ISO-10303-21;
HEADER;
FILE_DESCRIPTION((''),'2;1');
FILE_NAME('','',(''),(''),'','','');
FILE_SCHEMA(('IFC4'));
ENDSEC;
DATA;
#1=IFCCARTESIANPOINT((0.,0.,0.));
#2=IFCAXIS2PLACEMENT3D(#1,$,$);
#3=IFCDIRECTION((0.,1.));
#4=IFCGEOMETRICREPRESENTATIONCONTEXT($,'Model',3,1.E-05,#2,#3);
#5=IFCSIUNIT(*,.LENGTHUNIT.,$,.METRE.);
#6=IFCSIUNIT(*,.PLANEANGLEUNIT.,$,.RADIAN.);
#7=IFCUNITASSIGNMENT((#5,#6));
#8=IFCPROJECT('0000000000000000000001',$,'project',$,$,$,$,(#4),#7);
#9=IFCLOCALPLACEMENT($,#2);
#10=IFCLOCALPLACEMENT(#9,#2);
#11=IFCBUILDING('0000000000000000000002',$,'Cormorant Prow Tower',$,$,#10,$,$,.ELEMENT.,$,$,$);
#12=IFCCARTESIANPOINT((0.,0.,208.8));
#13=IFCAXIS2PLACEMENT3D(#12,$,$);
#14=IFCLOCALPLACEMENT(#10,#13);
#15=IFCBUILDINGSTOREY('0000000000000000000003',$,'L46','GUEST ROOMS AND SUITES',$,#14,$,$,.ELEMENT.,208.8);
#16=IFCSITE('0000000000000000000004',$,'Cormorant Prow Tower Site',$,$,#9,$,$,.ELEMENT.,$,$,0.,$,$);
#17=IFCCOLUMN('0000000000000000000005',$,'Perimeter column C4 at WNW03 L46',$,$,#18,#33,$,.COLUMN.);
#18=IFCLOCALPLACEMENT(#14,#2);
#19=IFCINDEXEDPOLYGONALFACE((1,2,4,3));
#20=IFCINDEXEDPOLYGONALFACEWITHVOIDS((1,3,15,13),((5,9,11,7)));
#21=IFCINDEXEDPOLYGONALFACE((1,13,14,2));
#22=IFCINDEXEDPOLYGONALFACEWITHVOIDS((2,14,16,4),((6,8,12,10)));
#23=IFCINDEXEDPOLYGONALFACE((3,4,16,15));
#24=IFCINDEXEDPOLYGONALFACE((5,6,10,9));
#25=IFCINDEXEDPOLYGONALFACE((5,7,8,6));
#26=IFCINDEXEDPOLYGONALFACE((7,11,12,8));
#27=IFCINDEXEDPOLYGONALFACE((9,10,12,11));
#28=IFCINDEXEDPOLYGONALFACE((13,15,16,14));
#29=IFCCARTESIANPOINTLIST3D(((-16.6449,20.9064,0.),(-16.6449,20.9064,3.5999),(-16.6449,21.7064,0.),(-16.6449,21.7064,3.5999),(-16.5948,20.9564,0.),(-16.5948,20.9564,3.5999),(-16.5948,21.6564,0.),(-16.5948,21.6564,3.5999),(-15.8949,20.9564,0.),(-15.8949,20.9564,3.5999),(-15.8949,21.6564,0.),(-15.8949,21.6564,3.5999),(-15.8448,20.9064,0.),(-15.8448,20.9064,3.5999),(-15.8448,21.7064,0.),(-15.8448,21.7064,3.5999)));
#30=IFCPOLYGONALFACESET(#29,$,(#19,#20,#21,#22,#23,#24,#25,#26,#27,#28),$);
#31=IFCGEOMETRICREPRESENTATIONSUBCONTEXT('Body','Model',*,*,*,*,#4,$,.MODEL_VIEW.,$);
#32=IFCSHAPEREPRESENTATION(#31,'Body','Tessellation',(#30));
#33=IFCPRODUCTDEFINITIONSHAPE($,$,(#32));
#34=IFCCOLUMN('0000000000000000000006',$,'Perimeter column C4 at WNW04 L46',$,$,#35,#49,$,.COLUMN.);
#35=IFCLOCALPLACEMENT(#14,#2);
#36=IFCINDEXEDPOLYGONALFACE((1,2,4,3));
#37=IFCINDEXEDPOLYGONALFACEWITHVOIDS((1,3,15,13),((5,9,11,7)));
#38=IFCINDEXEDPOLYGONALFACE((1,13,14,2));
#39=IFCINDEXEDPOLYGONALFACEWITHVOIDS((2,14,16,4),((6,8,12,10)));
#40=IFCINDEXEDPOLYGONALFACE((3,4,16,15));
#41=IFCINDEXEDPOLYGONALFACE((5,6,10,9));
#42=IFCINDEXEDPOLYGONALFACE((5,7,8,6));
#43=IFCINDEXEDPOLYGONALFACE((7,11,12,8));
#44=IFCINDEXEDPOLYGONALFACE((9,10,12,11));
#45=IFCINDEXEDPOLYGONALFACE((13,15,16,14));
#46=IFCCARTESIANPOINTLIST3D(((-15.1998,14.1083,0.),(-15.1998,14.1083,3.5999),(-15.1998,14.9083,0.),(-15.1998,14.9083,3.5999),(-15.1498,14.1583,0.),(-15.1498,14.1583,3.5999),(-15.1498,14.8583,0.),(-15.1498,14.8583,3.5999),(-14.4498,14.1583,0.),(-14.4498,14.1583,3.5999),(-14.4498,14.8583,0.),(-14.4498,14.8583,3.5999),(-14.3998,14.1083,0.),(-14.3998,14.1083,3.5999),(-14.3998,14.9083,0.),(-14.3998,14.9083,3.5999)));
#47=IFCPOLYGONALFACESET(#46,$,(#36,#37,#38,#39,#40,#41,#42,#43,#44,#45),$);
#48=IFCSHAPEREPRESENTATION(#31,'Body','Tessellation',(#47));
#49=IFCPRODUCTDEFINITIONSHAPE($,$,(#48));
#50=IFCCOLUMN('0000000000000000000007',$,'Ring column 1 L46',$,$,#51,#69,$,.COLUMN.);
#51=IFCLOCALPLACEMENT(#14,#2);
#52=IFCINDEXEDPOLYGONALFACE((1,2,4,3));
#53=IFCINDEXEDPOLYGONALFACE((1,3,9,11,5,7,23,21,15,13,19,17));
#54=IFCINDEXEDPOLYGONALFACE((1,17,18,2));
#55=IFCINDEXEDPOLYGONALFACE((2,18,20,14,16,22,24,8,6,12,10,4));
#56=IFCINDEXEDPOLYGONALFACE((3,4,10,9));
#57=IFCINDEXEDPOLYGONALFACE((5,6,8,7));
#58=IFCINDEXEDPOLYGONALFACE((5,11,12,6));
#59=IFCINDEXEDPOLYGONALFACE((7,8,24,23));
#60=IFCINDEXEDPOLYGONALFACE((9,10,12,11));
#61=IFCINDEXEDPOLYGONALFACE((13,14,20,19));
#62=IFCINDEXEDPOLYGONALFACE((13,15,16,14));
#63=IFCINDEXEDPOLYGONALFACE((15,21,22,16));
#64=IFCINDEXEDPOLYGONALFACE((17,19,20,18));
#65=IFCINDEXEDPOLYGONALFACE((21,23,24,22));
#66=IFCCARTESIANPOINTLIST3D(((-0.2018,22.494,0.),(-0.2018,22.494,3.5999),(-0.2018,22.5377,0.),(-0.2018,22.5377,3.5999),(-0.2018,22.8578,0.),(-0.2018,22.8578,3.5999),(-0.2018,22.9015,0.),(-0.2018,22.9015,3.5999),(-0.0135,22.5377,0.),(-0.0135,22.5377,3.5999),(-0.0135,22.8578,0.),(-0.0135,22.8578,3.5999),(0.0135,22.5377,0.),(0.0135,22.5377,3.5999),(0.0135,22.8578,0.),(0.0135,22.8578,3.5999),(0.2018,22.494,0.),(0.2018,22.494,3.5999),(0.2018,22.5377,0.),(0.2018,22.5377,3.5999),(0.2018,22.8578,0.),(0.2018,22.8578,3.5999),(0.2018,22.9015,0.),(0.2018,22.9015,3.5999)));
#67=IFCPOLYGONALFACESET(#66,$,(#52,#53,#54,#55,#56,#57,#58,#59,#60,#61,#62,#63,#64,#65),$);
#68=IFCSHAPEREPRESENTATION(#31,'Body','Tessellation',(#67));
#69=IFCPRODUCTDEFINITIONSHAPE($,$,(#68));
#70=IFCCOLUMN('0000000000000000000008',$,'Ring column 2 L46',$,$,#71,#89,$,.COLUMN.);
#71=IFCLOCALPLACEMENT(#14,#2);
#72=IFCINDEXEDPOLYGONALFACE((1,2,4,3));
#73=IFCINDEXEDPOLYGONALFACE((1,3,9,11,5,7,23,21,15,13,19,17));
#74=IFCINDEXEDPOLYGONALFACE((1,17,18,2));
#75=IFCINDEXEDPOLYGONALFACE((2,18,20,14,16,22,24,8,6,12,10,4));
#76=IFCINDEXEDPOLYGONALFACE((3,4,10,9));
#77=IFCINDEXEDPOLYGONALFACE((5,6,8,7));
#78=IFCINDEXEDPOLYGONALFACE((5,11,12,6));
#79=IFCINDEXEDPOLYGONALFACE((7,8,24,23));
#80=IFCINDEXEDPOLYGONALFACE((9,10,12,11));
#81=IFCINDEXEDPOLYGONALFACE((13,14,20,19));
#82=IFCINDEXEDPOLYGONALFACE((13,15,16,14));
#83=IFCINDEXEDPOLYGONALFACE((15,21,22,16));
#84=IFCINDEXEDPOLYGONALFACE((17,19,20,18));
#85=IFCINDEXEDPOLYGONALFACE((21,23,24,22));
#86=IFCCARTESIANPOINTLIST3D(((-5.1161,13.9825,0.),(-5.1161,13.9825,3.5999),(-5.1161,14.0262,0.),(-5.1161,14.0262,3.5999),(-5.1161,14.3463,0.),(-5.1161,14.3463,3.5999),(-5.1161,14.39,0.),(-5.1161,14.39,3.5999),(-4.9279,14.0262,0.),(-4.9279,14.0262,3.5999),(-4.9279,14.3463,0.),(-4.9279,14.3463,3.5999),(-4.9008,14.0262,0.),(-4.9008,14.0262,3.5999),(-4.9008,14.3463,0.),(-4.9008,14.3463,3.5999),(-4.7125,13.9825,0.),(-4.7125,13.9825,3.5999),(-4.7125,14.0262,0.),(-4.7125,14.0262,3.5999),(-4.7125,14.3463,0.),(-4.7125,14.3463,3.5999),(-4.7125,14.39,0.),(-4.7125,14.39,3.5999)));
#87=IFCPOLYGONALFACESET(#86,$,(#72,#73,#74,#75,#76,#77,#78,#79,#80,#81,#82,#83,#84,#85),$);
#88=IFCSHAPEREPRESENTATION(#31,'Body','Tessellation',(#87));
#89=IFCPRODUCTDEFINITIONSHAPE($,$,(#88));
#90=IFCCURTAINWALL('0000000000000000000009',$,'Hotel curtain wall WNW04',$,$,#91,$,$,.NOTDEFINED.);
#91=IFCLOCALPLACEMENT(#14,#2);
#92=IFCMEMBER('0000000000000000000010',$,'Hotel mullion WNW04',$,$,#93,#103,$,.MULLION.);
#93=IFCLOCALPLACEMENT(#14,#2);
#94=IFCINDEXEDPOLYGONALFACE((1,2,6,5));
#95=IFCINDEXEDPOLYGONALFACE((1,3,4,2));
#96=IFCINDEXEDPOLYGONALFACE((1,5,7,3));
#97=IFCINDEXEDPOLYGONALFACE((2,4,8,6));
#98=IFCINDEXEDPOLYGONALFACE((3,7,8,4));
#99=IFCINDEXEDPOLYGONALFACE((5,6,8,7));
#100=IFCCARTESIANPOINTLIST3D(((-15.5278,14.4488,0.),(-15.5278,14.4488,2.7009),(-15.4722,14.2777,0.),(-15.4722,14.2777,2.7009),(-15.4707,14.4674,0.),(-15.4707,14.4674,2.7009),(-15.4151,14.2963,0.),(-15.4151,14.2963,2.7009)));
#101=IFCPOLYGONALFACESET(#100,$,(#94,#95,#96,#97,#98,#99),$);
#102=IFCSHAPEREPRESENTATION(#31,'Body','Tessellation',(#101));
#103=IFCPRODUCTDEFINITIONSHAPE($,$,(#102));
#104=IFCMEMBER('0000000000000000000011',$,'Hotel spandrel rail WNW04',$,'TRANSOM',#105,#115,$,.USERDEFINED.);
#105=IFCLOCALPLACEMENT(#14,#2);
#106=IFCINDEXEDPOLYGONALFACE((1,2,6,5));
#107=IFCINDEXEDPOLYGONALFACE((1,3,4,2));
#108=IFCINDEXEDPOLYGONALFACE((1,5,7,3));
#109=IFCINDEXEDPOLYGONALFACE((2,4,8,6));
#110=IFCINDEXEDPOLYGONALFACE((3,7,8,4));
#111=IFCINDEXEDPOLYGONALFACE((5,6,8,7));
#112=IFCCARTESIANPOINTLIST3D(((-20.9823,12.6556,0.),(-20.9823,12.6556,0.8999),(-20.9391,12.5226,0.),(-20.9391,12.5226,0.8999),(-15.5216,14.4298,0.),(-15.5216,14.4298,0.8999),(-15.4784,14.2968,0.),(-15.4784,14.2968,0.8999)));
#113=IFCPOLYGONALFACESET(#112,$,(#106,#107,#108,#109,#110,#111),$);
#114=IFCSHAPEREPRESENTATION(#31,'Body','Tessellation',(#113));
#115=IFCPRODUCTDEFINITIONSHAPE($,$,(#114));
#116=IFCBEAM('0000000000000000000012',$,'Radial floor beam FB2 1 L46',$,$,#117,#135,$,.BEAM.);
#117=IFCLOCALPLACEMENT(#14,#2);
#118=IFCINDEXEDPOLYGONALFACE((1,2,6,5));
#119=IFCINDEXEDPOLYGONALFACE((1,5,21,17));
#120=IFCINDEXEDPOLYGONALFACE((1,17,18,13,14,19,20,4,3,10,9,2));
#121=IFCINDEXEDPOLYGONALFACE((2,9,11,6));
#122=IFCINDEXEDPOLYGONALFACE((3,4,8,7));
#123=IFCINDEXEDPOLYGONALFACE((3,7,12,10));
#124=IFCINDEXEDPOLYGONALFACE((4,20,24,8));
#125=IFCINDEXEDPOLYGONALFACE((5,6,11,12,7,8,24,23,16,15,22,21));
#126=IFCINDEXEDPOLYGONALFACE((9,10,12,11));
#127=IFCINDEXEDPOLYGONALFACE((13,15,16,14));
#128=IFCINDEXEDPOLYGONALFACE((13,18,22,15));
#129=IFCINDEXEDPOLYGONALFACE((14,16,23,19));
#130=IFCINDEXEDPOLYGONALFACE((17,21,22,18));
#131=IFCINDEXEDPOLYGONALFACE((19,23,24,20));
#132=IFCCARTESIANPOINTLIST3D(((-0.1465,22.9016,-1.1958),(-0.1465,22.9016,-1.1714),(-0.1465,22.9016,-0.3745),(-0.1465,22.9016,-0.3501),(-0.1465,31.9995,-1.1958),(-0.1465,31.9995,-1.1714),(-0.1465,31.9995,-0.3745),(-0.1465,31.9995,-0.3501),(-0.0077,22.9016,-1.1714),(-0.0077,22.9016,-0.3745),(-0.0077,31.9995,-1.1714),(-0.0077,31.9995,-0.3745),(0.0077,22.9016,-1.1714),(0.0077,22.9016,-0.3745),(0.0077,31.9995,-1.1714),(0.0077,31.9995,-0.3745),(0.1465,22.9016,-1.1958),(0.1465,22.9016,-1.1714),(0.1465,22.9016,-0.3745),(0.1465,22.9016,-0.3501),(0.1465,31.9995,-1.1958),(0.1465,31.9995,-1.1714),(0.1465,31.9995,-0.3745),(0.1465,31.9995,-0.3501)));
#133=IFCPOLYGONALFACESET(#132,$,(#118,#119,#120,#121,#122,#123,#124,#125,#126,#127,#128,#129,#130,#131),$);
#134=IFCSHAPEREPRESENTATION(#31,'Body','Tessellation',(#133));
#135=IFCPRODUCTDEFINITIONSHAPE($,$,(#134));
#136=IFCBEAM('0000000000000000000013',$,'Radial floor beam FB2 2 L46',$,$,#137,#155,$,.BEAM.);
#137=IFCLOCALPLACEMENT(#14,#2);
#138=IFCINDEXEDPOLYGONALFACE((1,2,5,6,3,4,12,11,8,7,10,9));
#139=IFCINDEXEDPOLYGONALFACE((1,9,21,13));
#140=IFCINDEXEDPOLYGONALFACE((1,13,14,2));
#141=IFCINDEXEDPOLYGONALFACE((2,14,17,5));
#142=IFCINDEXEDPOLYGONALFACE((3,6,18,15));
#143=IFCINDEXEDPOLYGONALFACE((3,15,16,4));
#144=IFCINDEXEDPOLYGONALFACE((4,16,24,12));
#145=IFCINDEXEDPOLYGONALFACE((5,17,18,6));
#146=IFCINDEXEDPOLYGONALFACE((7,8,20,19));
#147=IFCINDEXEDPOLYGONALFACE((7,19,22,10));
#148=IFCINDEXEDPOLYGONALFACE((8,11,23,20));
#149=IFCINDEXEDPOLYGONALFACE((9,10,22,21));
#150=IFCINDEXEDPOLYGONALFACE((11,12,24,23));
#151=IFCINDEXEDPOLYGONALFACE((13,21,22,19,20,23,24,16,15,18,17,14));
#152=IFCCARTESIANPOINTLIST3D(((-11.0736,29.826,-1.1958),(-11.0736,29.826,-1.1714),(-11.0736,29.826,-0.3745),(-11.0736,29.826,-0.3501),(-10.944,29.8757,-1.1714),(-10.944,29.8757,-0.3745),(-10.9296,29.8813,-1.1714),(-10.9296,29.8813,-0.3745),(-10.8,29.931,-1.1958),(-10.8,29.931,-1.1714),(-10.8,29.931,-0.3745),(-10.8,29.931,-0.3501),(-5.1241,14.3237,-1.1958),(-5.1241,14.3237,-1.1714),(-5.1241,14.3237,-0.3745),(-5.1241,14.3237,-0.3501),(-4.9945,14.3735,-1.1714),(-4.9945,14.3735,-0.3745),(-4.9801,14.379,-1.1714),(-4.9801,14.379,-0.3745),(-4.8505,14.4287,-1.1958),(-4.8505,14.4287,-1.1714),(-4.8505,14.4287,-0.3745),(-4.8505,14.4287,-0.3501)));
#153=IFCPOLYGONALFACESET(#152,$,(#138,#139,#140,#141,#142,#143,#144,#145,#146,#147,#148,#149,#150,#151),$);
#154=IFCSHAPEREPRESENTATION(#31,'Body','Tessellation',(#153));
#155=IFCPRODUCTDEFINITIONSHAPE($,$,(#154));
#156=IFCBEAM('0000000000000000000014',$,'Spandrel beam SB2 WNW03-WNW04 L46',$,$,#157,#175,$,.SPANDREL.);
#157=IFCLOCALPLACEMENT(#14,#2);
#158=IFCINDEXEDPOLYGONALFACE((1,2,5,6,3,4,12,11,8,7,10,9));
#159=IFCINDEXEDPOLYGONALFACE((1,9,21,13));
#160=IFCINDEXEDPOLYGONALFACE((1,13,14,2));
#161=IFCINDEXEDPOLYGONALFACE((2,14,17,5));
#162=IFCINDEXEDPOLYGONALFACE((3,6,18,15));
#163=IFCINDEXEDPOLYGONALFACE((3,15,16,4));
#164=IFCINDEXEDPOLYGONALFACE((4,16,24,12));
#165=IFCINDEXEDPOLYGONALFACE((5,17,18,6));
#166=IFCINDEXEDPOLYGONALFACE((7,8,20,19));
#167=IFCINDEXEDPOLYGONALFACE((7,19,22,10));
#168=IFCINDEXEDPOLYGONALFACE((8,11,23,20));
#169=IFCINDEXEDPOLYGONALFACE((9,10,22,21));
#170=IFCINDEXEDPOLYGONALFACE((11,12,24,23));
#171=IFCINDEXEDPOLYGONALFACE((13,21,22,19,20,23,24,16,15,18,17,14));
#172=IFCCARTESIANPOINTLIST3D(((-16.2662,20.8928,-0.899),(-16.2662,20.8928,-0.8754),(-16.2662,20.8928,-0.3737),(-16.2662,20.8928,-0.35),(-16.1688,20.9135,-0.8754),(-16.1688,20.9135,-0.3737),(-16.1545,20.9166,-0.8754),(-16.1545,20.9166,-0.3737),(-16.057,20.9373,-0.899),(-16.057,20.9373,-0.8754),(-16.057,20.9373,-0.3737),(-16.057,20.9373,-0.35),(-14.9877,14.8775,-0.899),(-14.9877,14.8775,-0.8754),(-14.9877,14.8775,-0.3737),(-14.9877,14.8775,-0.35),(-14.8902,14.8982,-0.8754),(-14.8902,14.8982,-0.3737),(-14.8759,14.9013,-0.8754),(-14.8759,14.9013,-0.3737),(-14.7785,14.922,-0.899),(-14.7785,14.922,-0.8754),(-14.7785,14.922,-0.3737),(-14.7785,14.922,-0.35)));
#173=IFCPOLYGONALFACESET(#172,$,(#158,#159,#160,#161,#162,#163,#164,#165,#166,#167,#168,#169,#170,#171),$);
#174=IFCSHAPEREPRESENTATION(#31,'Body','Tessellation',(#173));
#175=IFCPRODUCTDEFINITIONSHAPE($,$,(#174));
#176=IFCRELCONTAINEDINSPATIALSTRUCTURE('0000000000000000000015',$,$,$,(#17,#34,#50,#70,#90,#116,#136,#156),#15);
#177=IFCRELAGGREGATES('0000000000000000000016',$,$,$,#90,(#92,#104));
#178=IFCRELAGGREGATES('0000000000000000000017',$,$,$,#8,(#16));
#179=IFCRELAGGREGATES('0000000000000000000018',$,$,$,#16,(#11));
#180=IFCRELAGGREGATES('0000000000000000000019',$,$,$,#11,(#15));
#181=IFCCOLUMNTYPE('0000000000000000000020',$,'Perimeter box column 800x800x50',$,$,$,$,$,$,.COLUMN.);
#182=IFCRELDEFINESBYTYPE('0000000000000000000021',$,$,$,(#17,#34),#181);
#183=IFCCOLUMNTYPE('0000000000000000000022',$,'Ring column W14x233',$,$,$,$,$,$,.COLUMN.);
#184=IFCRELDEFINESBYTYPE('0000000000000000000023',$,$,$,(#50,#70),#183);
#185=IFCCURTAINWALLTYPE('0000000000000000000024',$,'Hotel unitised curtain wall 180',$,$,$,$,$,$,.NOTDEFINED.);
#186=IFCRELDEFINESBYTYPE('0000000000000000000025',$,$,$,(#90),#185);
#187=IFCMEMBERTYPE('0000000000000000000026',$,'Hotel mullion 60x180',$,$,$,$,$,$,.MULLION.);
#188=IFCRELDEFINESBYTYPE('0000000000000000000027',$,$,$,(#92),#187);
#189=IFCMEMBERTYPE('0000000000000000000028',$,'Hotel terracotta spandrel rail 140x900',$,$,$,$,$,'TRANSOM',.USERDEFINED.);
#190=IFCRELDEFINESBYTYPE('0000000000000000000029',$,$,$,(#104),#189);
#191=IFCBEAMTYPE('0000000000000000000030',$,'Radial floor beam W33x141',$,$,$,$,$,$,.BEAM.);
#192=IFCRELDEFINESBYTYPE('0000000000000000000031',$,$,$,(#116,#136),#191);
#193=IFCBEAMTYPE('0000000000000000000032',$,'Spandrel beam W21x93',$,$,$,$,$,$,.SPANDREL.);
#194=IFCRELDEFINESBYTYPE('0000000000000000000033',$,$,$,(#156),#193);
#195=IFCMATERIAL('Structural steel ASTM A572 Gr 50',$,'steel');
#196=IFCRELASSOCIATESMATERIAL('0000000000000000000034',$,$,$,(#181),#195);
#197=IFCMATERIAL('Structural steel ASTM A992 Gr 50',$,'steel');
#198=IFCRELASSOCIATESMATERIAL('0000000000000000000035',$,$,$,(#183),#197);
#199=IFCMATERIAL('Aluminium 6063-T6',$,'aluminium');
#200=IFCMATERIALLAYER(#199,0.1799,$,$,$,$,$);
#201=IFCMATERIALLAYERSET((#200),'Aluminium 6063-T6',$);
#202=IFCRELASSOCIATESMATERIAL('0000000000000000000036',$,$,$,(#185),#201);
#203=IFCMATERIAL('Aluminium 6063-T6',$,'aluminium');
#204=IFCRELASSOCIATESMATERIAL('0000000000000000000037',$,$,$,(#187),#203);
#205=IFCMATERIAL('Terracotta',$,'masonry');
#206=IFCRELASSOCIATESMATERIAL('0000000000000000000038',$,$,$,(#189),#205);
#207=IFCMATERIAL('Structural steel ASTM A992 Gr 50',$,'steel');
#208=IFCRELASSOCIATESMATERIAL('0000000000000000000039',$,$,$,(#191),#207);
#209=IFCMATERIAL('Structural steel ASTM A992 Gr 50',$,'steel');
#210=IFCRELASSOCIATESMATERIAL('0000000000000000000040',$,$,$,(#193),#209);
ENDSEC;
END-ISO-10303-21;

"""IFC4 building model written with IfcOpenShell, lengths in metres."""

from ifc_helpers import new_model, si_unit, direction, frame, origin, origin_2d, place, context, subcontext, project, spatial, rectangle, hollow_rectangle, i_section, extrude, material, layer, layer_set, material_profile, profile_set, type_object, element, aggregate, save


model = new_model("IFC4")

# Units and contexts
model_context = context("Model", 3, precision=1e-05, world=origin(), true_north=direction((0.0, 1.0)))
body_context = subcontext(model_context, "Body", "Model", "MODEL_VIEW")
ifc_project = project(units=[si_unit("LENGTHUNIT", "METRE"), si_unit("PLANEANGLEUNIT", "RADIAN")], contexts=[model_context])

# Site, building, storey
site_placement = place(None, origin())
site = spatial("IfcSite", under=ifc_project, at=site_placement, Name="Cormorant Prow Tower Site", CompositionType="ELEMENT", RefElevation=0.0)
building_placement = place(site_placement, origin())
building = spatial("IfcBuilding", under=site, at=building_placement, Name="Cormorant Prow Tower", CompositionType="ELEMENT")
storey_placement = place(building_placement, frame((0.0, 0.0, 208.8)))
storey = spatial("IfcBuildingStorey", under=building, at=storey_placement, Name="L46", Description="GUEST ROOMS AND SUITES", CompositionType="ELEMENT", Elevation=208.8)

# Columns
ifc_material_1 = material(Name="Structural steel ASTM A572 Gr 50", Category="steel")
ifc_material_profile_1 = material_profile(ifc_material_1, hollow_rectangle(XDim=0.8, YDim=0.8, WallThickness=0.05, at=origin_2d()), Name="Box 800x800x50")
ifc_profile_set_1 = profile_set([ifc_material_profile_1], Name="Structural steel ASTM A572 Gr 50")
column_type_1 = type_object("IfcColumnType", Name="Perimeter box column 800x800x50", PredefinedType="COLUMN", material=ifc_profile_set_1)
for number, where, z_axis, x_axis, name in (
    (1, (-16.2449, 21.3064, 0.0), (0.0, 0.0, 1.0), (1.0, 0.0, 0.0), "Perimeter column C4 at WNW03 L46"),
    (2, (-14.7998, 14.5083, 0.0), (0.0, 0.0, 1.0), (1.0, 0.0, 0.0), "Perimeter column C4 at WNW04 L46"),
):
    element("IfcColumn", number, at=place(storey_placement, frame(where, z_axis=z_axis, x_axis=x_axis)), inside=storey, type_object=column_type_1, Name=name, PredefinedType="COLUMN", context=body_context, shape_type="SweptSolid", body=[
        extrude(hollow_rectangle(XDim=0.8, YDim=0.8, WallThickness=0.05, at=origin_2d()), origin(), (0.0, 0.0, 1.0), 3.5999),
    ])
ifc_material_2 = material(Name="Structural steel ASTM A992 Gr 50", Category="steel")
ifc_material_profile_2 = material_profile(ifc_material_2, i_section(OverallWidth=0.4036, OverallDepth=0.4075, WebThickness=0.0271, FlangeThickness=0.0437, at=origin_2d()), Name="W14x233")
ifc_profile_set_2 = profile_set([ifc_material_profile_2], Name="Structural steel ASTM A992 Gr 50")
column_type_2 = type_object("IfcColumnType", Name="Ring column W14x233", PredefinedType="COLUMN", material=ifc_profile_set_2)
for number, where, z_axis, x_axis, name in (
    (3, (0.0, 22.6978, 0.0), (0.0, 0.0, 1.0), (1.0, 0.0, 0.0), "Ring column 1 L46"),
    (4, (-4.9143, 14.1863, 0.0), (0.0, 0.0, 1.0), (1.0, 0.0, 0.0), "Ring column 2 L46"),
):
    element("IfcColumn", number, at=place(storey_placement, frame(where, z_axis=z_axis, x_axis=x_axis)), inside=storey, type_object=column_type_2, Name=name, PredefinedType="COLUMN", context=body_context, shape_type="SweptSolid", body=[
        extrude(i_section(OverallWidth=0.4036, OverallDepth=0.4075, WebThickness=0.0271, FlangeThickness=0.0437, at=origin_2d()), origin(), (0.0, 0.0, 1.0), 3.5999),
    ])

# Curtain wall, members
ifc_material_3 = material(Name="Aluminium 6063-T6", Category="aluminium")
ifc_layer_1 = layer(ifc_material_3, 0.1799)
ifc_layer_set_1 = layer_set([ifc_layer_1], Name="Aluminium 6063-T6")
curtain_wall_type = type_object("IfcCurtainWallType", Name="Hotel unitised curtain wall 180", PredefinedType="NOTDEFINED", material=ifc_layer_set_1)
curtain_wall_1_placement = place(storey_placement, origin())
curtain_wall_1 = element("IfcCurtainWall", 5, at=curtain_wall_1_placement, inside=storey, type_object=curtain_wall_type, Name="Hotel curtain wall WNW04", PredefinedType="NOTDEFINED")
ifc_material_4 = material(Name="Aluminium 6063-T6", Category="aluminium")
ifc_material_profile_3 = material_profile(ifc_material_4, rectangle(XDim=0.1799, YDim=0.0601, at=origin_2d()), Name="Hotel mullion 60x180")
ifc_profile_set_3 = profile_set([ifc_material_profile_3], Name="Aluminium 6063-T6")
member_type_1 = type_object("IfcMemberType", Name="Hotel mullion 60x180", PredefinedType="MULLION", material=ifc_profile_set_3)
member_1_placement = place(storey_placement, frame((-15.4714, 14.3726, 0.0), z_axis=(0.0, 0.0, 1.0), x_axis=(0.309017, -0.951057, 0.0)))
member_1 = element("IfcMember", 6, at=member_1_placement, type_object=member_type_1, Name="Hotel mullion WNW04", PredefinedType="MULLION", context=body_context, shape_type="SweptSolid", body=[
    extrude(rectangle(XDim=0.1799, YDim=0.0601, at=origin_2d()), origin(), (0.0, 0.0, 1.0), 2.7009),
])
ifc_material_5 = material(Name="Terracotta", Category="masonry")
ifc_material_profile_4 = material_profile(ifc_material_5, rectangle(XDim=0.1399, YDim=0.8999, at=origin_2d()), Name="Hotel terracotta spandrel rail 140x900")
ifc_profile_set_4 = profile_set([ifc_material_profile_4], Name="Terracotta")
member_type_2 = type_object("IfcMemberType", Name="Hotel terracotta spandrel rail 140x900", ElementType="TRANSOM", PredefinedType="USERDEFINED", material=ifc_profile_set_4)
member_2_placement = place(storey_placement, frame((-15.5, 14.3633, 0.45), z_axis=(-0.951063, -0.308999, 0.0), x_axis=(0.308999, -0.951063, 0.0)))
member_2 = element("IfcMember", 7, at=member_2_placement, type_object=member_type_2, Name="Hotel spandrel rail WNW04", ObjectType="TRANSOM", PredefinedType="USERDEFINED", context=body_context, shape_type="SweptSolid", body=[
    extrude(rectangle(XDim=0.1399, YDim=0.8999, at=origin_2d()), origin(), (0.0, 0.0, 1.0), 5.7417),
])

# Beams
ifc_material_6 = material(Name="Structural steel ASTM A992 Gr 50", Category="steel")
ifc_material_profile_5 = material_profile(ifc_material_6, i_section(OverallWidth=0.293, OverallDepth=0.8457, WebThickness=0.0154, FlangeThickness=0.0244, at=origin_2d()), Name="W33x141")
ifc_profile_set_5 = profile_set([ifc_material_profile_5], Name="Structural steel ASTM A992 Gr 50")
beam_type_1 = type_object("IfcBeamType", Name="Radial floor beam W33x141", PredefinedType="BEAM", material=ifc_profile_set_5)
beam_1_placement = place(storey_placement, frame((0.0, 22.9016, -0.7729), z_axis=(0.0, 1.0, 0.0), x_axis=(-1.0, 0.0, 0.0)))
element("IfcBeam", 8, at=beam_1_placement, inside=storey, type_object=beam_type_1, Name="Radial floor beam FB2 1 L46", PredefinedType="BEAM", context=body_context, shape_type="SweptSolid", body=[
    extrude(i_section(OverallWidth=0.293, OverallDepth=0.8457, WebThickness=0.0154, FlangeThickness=0.0244, at=origin_2d()), origin(), (0.0, 0.0, 1.0), 9.0979),
])
beam_2_placement = place(storey_placement, frame((-4.9873, 14.3762, -0.7729), z_axis=(-0.358301, 0.933606, 0.0), x_axis=(-0.933606, -0.358301, 0.0)))
element("IfcBeam", 9, at=beam_2_placement, inside=storey, type_object=beam_type_1, Name="Radial floor beam FB2 2 L46", PredefinedType="BEAM", context=body_context, shape_type="SweptSolid", body=[
    extrude(i_section(OverallWidth=0.293, OverallDepth=0.8457, WebThickness=0.0154, FlangeThickness=0.0244, at=origin_2d()), origin(), (0.0, 0.0, 1.0), 16.6047),
])
ifc_material_7 = material(Name="Structural steel ASTM A992 Gr 50", Category="steel")
ifc_material_profile_6 = material_profile(ifc_material_7, i_section(OverallWidth=0.2139, OverallDepth=0.5491, WebThickness=0.0146, FlangeThickness=0.0237, at=origin_2d()), Name="W21x93")
ifc_profile_set_6 = profile_set([ifc_material_profile_6], Name="Structural steel ASTM A992 Gr 50")
beam_type_2 = type_object("IfcBeamType", Name="Spandrel beam W21x93", PredefinedType="SPANDREL", material=ifc_profile_set_6)
beam_3_placement = place(storey_placement, frame((-16.1616, 20.915, -0.6245), z_axis=(0.207905, -0.978149, 0.0), x_axis=(0.978149, 0.207905, 0.0)))
element("IfcBeam", 10, at=beam_3_placement, inside=storey, type_object=beam_type_2, Name="Spandrel beam SB2 WNW03-WNW04 L46", PredefinedType="SPANDREL", context=body_context, shape_type="SweptSolid", body=[
    extrude(i_section(OverallWidth=0.2139, OverallDepth=0.5491, WebThickness=0.0146, FlangeThickness=0.0237, at=origin_2d()), origin(), (0.0, 0.0, 1.0), 6.1497),
])

aggregate(curtain_wall_1, [member_1, member_2])

save(model, "model.ifc")
